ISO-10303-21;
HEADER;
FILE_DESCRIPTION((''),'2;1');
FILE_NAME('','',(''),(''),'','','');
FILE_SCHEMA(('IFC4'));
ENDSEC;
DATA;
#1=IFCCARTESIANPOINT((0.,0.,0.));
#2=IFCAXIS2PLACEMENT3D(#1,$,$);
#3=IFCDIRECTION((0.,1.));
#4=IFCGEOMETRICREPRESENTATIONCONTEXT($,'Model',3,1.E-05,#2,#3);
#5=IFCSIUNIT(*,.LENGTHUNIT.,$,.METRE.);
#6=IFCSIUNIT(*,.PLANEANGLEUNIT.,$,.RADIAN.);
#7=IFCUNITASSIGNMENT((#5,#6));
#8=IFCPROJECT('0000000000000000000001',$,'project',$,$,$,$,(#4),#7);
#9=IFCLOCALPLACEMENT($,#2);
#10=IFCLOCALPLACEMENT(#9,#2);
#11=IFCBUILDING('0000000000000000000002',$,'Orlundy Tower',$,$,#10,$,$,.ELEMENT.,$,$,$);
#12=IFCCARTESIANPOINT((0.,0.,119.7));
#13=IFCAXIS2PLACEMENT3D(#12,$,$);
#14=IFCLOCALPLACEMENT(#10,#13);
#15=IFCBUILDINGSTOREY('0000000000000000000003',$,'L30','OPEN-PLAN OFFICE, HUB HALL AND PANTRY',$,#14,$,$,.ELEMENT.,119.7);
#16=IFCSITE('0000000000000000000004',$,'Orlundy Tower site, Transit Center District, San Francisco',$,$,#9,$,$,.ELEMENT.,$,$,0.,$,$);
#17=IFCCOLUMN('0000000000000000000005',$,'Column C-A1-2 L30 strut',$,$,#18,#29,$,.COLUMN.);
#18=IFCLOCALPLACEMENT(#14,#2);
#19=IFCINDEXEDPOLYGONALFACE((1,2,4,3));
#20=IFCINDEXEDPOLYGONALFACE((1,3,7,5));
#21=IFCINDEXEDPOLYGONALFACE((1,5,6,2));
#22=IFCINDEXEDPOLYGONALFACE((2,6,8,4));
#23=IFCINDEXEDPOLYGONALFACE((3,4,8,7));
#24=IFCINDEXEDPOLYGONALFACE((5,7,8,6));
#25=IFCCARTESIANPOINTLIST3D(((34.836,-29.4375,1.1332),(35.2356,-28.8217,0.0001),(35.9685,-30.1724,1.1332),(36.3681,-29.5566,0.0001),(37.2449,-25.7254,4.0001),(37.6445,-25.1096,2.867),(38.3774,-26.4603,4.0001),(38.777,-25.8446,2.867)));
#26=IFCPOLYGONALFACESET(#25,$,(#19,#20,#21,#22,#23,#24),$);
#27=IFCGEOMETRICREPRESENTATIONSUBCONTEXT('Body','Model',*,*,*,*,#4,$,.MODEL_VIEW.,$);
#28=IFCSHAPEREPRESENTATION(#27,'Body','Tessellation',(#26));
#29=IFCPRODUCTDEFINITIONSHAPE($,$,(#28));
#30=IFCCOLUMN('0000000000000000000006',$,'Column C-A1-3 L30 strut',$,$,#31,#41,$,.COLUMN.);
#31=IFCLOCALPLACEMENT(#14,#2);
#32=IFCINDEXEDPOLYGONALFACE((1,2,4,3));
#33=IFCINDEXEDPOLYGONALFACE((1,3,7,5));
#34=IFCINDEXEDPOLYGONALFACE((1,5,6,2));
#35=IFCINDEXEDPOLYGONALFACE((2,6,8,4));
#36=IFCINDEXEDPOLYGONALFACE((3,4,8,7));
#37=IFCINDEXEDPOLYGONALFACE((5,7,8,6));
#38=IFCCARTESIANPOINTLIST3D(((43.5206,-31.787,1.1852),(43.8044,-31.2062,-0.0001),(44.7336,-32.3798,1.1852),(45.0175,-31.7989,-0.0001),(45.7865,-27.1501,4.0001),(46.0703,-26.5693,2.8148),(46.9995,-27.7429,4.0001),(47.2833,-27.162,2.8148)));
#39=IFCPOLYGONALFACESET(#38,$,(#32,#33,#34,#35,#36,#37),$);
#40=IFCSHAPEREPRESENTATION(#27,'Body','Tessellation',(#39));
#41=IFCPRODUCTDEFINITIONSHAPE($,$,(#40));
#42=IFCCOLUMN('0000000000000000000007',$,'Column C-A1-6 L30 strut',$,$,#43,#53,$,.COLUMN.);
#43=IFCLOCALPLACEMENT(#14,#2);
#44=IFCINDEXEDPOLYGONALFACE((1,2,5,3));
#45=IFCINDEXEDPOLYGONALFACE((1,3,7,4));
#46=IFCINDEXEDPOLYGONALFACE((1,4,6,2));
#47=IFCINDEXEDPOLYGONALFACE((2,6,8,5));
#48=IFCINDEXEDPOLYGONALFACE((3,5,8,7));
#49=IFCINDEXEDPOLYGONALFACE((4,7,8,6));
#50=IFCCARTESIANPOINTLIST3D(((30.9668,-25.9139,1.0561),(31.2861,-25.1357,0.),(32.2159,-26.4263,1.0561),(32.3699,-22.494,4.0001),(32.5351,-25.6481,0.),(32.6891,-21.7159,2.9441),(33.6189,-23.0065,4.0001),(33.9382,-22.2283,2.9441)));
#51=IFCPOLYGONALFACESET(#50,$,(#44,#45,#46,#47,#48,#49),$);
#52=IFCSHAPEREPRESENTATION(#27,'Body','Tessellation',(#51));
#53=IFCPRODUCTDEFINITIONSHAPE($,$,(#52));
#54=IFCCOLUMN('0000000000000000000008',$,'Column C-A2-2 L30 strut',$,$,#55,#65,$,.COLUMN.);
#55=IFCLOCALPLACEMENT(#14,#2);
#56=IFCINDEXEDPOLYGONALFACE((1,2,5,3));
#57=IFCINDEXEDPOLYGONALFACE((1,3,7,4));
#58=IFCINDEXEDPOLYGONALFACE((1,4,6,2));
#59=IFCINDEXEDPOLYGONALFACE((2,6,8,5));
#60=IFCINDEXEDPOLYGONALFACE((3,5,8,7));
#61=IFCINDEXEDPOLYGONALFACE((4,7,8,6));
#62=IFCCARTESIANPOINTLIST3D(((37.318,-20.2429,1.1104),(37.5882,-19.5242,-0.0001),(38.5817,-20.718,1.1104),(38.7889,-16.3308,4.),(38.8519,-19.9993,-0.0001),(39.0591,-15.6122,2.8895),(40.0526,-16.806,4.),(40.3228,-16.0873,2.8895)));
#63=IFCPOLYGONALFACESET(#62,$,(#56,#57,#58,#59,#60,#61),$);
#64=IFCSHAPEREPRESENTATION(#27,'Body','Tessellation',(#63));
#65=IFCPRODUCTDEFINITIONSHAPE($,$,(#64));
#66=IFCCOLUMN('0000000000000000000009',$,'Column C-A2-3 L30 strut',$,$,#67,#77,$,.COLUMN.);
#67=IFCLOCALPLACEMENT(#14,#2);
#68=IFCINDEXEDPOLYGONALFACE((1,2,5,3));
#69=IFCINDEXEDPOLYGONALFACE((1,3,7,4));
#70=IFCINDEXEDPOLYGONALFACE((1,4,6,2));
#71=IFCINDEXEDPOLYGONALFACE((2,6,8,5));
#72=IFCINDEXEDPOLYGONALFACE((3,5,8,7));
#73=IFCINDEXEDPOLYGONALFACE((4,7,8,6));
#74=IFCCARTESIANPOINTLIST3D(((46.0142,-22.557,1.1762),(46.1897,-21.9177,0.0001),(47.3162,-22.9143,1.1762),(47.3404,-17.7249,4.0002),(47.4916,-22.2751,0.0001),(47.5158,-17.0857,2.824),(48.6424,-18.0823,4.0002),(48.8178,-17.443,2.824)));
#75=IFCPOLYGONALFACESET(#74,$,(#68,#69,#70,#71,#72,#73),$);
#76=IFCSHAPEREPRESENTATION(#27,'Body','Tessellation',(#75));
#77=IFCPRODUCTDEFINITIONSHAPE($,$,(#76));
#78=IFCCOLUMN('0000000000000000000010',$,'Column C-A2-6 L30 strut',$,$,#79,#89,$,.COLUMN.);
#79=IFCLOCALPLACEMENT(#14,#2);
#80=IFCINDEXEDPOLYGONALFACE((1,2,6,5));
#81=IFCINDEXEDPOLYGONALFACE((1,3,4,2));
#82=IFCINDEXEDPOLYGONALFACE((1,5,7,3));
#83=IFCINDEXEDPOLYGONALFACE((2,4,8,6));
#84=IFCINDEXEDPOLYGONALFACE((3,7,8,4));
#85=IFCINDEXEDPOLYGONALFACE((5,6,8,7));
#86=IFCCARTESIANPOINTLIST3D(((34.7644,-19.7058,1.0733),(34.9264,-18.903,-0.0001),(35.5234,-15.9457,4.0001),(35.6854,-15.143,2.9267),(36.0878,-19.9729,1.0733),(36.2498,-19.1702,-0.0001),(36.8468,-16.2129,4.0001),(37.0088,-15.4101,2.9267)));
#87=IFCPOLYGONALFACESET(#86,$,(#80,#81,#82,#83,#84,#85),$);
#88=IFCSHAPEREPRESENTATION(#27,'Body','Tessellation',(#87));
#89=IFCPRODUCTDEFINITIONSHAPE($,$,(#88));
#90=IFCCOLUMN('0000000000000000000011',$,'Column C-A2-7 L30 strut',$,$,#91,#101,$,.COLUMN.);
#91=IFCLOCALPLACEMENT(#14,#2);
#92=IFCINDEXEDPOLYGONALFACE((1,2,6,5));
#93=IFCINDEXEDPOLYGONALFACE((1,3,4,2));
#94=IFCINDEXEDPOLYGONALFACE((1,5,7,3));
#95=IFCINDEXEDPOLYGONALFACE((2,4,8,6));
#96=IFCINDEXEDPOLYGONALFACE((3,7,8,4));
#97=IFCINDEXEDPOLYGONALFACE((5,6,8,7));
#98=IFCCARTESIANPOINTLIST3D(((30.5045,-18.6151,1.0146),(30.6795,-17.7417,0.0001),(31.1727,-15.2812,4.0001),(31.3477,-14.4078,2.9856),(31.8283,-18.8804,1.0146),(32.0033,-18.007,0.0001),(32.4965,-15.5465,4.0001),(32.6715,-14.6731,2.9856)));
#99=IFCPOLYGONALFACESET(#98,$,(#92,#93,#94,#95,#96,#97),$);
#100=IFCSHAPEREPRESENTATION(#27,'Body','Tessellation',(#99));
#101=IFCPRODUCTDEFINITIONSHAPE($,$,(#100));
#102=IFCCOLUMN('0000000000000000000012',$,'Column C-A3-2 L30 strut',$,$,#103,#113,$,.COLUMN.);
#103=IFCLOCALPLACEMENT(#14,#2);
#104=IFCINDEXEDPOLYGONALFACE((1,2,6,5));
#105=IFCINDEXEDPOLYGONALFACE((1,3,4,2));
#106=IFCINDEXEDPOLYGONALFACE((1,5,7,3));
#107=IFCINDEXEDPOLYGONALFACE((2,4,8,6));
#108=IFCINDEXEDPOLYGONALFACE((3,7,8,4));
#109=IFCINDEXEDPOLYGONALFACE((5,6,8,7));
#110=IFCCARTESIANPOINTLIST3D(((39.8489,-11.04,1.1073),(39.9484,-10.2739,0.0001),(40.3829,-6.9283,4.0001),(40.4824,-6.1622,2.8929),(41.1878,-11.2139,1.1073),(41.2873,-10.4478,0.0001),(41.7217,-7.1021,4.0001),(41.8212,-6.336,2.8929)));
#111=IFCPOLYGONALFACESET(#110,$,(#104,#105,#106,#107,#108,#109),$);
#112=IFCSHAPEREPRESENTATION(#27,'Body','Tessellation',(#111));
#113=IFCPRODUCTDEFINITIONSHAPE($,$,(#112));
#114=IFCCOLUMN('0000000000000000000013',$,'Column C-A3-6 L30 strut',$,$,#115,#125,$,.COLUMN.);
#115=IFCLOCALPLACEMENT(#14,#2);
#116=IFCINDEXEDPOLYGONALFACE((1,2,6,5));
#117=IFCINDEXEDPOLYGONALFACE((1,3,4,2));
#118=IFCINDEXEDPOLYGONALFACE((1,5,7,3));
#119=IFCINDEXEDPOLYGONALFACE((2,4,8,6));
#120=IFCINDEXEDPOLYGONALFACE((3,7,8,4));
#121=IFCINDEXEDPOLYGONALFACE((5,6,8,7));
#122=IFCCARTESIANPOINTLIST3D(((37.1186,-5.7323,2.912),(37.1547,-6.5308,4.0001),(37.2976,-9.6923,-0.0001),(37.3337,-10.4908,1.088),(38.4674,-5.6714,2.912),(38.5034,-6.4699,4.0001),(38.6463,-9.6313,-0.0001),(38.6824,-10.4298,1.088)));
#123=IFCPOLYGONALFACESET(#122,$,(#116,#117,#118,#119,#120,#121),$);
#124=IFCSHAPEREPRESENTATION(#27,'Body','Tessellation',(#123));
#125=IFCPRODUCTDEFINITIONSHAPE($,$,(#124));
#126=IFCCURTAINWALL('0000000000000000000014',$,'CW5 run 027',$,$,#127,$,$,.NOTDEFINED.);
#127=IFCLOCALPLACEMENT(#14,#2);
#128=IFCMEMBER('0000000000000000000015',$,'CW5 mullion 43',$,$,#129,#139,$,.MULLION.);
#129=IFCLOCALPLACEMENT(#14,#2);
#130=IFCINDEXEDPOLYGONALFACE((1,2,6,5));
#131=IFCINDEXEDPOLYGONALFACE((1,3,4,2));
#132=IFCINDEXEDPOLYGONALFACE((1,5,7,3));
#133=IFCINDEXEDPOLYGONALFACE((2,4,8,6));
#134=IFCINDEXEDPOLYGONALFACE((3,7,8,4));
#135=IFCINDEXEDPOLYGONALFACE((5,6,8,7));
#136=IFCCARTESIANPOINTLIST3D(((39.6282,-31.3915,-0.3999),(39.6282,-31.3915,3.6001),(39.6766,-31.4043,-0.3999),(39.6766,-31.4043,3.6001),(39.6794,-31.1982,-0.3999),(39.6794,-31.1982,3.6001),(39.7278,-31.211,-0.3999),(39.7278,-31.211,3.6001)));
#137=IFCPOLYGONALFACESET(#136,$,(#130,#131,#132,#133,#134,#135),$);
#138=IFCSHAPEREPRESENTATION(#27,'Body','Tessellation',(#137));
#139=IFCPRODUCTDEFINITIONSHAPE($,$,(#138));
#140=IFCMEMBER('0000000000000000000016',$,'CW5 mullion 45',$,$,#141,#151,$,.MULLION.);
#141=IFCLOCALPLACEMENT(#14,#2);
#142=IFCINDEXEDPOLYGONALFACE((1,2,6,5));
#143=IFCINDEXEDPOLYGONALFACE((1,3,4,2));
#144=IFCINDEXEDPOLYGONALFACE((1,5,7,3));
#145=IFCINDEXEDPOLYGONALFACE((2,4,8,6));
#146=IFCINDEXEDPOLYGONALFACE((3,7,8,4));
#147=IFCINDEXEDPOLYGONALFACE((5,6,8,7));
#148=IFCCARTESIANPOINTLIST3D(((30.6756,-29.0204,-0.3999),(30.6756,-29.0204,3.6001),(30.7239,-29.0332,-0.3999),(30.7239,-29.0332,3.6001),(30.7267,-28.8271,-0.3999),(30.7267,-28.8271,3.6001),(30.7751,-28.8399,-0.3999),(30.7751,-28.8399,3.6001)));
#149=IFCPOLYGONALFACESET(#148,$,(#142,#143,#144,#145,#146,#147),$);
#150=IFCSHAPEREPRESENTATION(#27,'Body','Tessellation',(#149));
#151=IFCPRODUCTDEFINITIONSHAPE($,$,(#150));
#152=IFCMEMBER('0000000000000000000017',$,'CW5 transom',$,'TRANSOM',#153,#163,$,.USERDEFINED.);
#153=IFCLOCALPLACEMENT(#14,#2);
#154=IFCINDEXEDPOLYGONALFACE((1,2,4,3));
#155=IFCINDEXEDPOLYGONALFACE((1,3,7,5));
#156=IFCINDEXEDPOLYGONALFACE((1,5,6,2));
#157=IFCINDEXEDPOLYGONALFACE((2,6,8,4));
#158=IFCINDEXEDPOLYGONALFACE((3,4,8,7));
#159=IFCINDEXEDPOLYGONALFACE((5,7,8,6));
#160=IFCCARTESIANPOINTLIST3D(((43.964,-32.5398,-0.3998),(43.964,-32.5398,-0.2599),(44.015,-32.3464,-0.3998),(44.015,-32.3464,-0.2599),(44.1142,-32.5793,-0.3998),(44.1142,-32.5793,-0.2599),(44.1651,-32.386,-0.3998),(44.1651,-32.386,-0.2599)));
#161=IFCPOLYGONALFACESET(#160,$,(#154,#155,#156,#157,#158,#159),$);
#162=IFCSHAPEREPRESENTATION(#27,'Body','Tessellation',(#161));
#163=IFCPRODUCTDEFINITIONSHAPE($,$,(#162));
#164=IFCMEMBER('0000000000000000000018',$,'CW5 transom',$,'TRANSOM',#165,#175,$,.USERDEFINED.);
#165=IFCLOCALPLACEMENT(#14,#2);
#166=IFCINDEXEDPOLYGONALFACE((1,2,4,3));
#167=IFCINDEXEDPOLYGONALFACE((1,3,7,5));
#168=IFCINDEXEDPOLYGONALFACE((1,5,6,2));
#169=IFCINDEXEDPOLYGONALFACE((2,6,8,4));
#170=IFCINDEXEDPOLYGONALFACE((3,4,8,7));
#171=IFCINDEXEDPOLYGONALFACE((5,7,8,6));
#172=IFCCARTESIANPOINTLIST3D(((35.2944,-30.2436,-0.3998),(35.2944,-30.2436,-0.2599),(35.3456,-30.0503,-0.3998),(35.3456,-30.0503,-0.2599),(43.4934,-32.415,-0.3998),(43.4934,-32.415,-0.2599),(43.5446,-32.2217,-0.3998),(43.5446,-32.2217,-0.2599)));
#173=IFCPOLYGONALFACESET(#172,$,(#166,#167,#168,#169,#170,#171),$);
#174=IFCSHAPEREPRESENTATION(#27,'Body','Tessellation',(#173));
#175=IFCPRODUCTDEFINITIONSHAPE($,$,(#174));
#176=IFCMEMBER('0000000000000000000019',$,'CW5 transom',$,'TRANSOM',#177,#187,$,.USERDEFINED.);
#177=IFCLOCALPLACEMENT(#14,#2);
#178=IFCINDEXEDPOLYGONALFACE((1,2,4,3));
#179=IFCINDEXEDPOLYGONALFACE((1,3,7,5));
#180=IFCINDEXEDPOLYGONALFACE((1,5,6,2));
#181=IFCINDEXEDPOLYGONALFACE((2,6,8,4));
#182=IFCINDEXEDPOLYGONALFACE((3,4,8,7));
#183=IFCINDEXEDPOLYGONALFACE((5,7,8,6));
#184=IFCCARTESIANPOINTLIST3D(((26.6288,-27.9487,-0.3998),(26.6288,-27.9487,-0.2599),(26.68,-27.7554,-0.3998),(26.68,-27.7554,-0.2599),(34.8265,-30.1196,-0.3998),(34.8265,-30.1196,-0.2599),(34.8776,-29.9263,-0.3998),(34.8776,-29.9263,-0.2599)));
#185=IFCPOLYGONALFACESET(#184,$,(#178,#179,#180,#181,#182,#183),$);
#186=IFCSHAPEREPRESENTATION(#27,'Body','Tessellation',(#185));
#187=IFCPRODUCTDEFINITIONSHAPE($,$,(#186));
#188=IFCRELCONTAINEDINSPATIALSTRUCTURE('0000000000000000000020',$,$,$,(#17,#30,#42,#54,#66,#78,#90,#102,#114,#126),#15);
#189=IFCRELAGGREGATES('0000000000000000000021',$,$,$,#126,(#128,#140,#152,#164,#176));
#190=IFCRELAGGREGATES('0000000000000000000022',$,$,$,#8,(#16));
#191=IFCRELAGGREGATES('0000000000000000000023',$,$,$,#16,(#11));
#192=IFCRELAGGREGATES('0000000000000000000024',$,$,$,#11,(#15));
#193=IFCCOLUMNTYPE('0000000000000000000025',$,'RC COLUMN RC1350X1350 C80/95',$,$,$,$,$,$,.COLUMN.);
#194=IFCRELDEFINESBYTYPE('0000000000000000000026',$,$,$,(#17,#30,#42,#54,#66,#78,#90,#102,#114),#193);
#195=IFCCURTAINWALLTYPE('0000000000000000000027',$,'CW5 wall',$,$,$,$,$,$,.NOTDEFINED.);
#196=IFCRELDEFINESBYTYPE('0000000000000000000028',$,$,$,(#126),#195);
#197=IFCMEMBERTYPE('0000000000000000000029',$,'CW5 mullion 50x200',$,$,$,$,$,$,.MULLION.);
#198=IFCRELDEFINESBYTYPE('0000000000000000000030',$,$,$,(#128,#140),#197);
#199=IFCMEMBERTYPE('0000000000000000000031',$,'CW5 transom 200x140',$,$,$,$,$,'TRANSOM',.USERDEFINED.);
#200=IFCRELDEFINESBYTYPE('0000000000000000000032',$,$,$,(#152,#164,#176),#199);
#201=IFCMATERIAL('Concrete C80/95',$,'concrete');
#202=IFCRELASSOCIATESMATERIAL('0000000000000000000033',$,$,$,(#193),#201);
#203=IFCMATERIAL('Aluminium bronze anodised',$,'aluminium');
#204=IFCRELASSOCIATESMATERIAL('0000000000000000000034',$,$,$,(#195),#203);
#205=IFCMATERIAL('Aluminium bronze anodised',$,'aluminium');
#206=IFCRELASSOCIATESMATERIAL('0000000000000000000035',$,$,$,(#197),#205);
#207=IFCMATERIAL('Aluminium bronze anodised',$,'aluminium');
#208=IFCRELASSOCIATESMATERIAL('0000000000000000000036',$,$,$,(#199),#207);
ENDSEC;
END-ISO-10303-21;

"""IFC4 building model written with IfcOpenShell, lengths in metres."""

from ifc_helpers import new_model, si_unit, direction, frame, origin, origin_2d, place, context, subcontext, project, spatial, rectangle, extrude, material, material_profile, profile_set, type_object, element, aggregate, save


model = new_model("IFC4")

# Units and contexts
model_context = context("Model", 3, precision=1e-05, world=origin(), true_north=direction((0.0, 1.0)))
body_context = subcontext(model_context, "Body", "Model", "MODEL_VIEW")
ifc_project = project(units=[si_unit("LENGTHUNIT", "METRE"), si_unit("PLANEANGLEUNIT", "RADIAN")], contexts=[model_context])

# Site, building, storey
site_placement = place(None, origin())
site = spatial("IfcSite", under=ifc_project, at=site_placement, Name="Orlundy Tower site, Transit Center District, San Francisco", CompositionType="ELEMENT", RefElevation=0.0)
building_placement = place(site_placement, origin())
building = spatial("IfcBuilding", under=site, at=building_placement, Name="Orlundy Tower", CompositionType="ELEMENT")
storey_placement = place(building_placement, frame((0.0, 0.0, 119.7)))
storey = spatial("IfcBuildingStorey", under=building, at=storey_placement, Name="L30", Description="OPEN-PLAN OFFICE, HUB HALL AND PANTRY", CompositionType="ELEMENT", Elevation=119.7)

# Columns
ifc_material_1 = material(Name="Concrete C80/95", Category="concrete")
ifc_material_profile_1 = material_profile(ifc_material_1, rectangle(XDim=1.3501, YDim=1.3501, at=origin_2d()), Name="RC1350X1350")
ifc_profile_set_1 = profile_set([ifc_material_profile_1], Name="Concrete C80/95")
column_type = type_object("IfcColumnType", Name="RC COLUMN RC1350X1350 C80/95", PredefinedType="COLUMN", material=ifc_profile_set_1)
column_1_placement = place(storey_placement, frame((35.6021, -29.4971, 0.5667), z_axis=(0.456861, 0.70402, 0.543723), x_axis=(-0.838853, 0.544358, 0.0)))
element("IfcColumn", 1, at=column_1_placement, inside=storey, type_object=column_type, Name="Column C-A1-2 L30 strut", PredefinedType="COLUMN", context=body_context, shape_type="SweptSolid", body=[
    extrude(rectangle(XDim=1.3501, YDim=1.3501, at=origin_2d()), origin(), (0.0, 0.0, 1.0), 5.2727),
])
column_2_placement = place(storey_placement, frame((44.269, -31.793, 0.5925), z_axis=(0.385435, 0.788769, 0.478835), x_axis=(-0.898468, 0.43904, 0.0)))
element("IfcColumn", 2, at=column_2_placement, inside=storey, type_object=column_type, Name="Column C-A1-3 L30 strut", PredefinedType="COLUMN", context=body_context, shape_type="SweptSolid", body=[
    extrude(rectangle(XDim=1.3501, YDim=1.3501, at=origin_2d()), origin(), (0.0, 0.0, 1.0), 5.8787),
])
column_3_placement = place(storey_placement, frame((31.751, -25.781, 0.5281), z_axis=(0.296904, 0.723687, 0.622997), x_axis=(-0.925166, 0.379564, 0.0)))
element("IfcColumn", 3, at=column_3_placement, inside=storey, type_object=column_type, Name="Column C-A1-6 L30 strut", PredefinedType="COLUMN", context=body_context, shape_type="SweptSolid", body=[
    extrude(rectangle(XDim=1.3501, YDim=1.3501, at=origin_2d()), origin(), (0.0, 0.0, 1.0), 4.7256),
])
column_4_placement = place(storey_placement, frame((38.085, -20.1211, 0.5552), z_axis=(0.28949, 0.769922, 0.568697), x_axis=(-0.936022, 0.351943, 0.0)))
element("IfcColumn", 4, at=column_4_placement, inside=storey, type_object=column_type, Name="Column C-A2-2 L30 strut", PredefinedType="COLUMN", context=body_context, shape_type="SweptSolid", body=[
    extrude(rectangle(XDim=1.3501, YDim=1.3501, at=origin_2d()), origin(), (0.0, 0.0, 1.0), 5.0811),
])
column_5_placement = place(storey_placement, frame((46.7529, -22.416, 0.5881), z_axis=(0.23057, 0.840104, 0.490981), x_axis=(-0.96434, 0.264667, 0.0)))
element("IfcColumn", 5, at=column_5_placement, inside=storey, type_object=column_type, Name="Column C-A2-3 L30 strut", PredefinedType="COLUMN", context=body_context, shape_type="SweptSolid", body=[
    extrude(rectangle(XDim=1.3501, YDim=1.3501, at=origin_2d()), origin(), (0.0, 0.0, 1.0), 5.7517),
])
column_6_placement = place(storey_placement, frame((35.5071, -19.438, 0.5366), z_axis=(0.157316, 0.779292, 0.606594), x_axis=(-0.980227, 0.197878, 0.0)))
element("IfcColumn", 6, at=column_6_placement, inside=storey, type_object=column_type, Name="Column C-A2-6 L30 strut", PredefinedType="COLUMN", context=body_context, shape_type="SweptSolid", body=[
    extrude(rectangle(XDim=1.3501, YDim=1.3501, at=origin_2d()), origin(), (0.0, 0.0, 1.0), 4.825),
])
column_7_placement = place(storey_placement, frame((31.2539, -18.311, 0.5073), z_axis=(0.147671, 0.73679, 0.659798), x_axis=(-0.980501, 0.196517, 0.0)))
element("IfcColumn", 7, at=column_7_placement, inside=storey, type_object=column_type, Name="Column C-A2-7 L30 strut", PredefinedType="COLUMN", context=body_context, shape_type="SweptSolid", body=[
    extrude(rectangle(XDim=1.3501, YDim=1.3501, at=origin_2d()), origin(), (0.0, 0.0, 1.0), 4.5249),
])
column_8_placement = place(storey_placement, frame((40.5681, -10.7439, 0.5537), z_axis=(0.10561, 0.813296, 0.572185), x_axis=(-0.991674, 0.128773, 0.0)))
element("IfcColumn", 8, at=column_8_placement, inside=storey, type_object=column_type, Name="Column C-A3-2 L30 strut", PredefinedType="COLUMN", context=body_context, shape_type="SweptSolid", body=[
    extrude(rectangle(XDim=1.3501, YDim=1.3501, at=origin_2d()), origin(), (0.0, 0.0, 1.0), 5.0557),
])
column_9_placement = place(storey_placement, frame((37.99, -10.061, 0.5439), z_axis=(-0.036383, 0.805081, 0.592048), x_axis=(-0.99898, -0.045145, 0.0)))
element("IfcColumn", 9, at=column_9_placement, inside=storey, type_object=column_type, Name="Column C-A3-6 L30 strut", PredefinedType="COLUMN", context=body_context, shape_type="SweptSolid", body=[
    extrude(rectangle(XDim=1.3501, YDim=1.3501, at=origin_2d()), origin(), (0.0, 0.0, 1.0), 4.9187),
])

# Curtain wall, members
ifc_material_2 = material(Name="Aluminium bronze anodised", Category="aluminium")
curtain_wall_type = type_object("IfcCurtainWallType", Name="CW5 wall", PredefinedType="NOTDEFINED", material=ifc_material_2)
curtain_wall_placement = place(storey_placement, origin())
curtain_wall = element("IfcCurtainWall", 10, at=curtain_wall_placement, inside=storey, type_object=curtain_wall_type, Name="CW5 run 027", PredefinedType="NOTDEFINED")
ifc_material_3 = material(Name="Aluminium bronze anodised", Category="aluminium")
ifc_material_profile_2 = material_profile(ifc_material_3, rectangle(XDim=0.2, YDim=0.05, at=origin_2d()), Name="CW5 mullion 50x200")
ifc_profile_set_2 = profile_set([ifc_material_profile_2], Name="Aluminium bronze anodised")
member_type_1 = type_object("IfcMemberType", Name="CW5 mullion 50x200", PredefinedType="MULLION", material=ifc_profile_set_2)
member_1_placement = place(storey_placement, frame((39.678, -31.3013, -0.3999), z_axis=(0.0, 0.0, 1.0), x_axis=(-0.256011, -0.966674, 0.0)))
member_1 = element("IfcMember", 11, at=member_1_placement, type_object=member_type_1, Name="CW5 mullion 43", PredefinedType="MULLION", context=body_context, shape_type="SweptSolid", body=[
    extrude(rectangle(XDim=0.2, YDim=0.05, at=origin_2d()), origin(), (0.0, 0.0, 1.0), 4.0),
])
member_2_placement = place(storey_placement, frame((30.7253, -28.9302, -0.3999), z_axis=(0.0, 0.0, 1.0), x_axis=(-0.256011, -0.966674, 0.0)))
member_2 = element("IfcMember", 12, at=member_2_placement, type_object=member_type_1, Name="CW5 mullion 45", PredefinedType="MULLION", context=body_context, shape_type="SweptSolid", body=[
    extrude(rectangle(XDim=0.2, YDim=0.05, at=origin_2d()), origin(), (0.0, 0.0, 1.0), 4.0),
])
ifc_material_4 = material(Name="Aluminium bronze anodised", Category="aluminium")
ifc_material_profile_3 = material_profile(ifc_material_4, rectangle(XDim=0.2, YDim=0.1399, at=origin_2d()), Name="CW5 transom 200x140")
ifc_profile_set_3 = profile_set([ifc_material_profile_3], Name="Aluminium bronze anodised")
member_type_2 = type_object("IfcMemberType", Name="CW5 transom 200x140", ElementType="TRANSOM", PredefinedType="USERDEFINED", material=ifc_profile_set_3)
member_3_placement = place(storey_placement, frame((44.1396, -32.4827, -0.3298), z_axis=(-0.967013, 0.254725, 0.0), x_axis=(-0.254725, -0.967013, 0.0)))
member_3 = element("IfcMember", 13, at=member_3_placement, type_object=member_type_2, Name="CW5 transom", ObjectType="TRANSOM", PredefinedType="USERDEFINED", context=body_context, shape_type="SweptSolid", body=[
    extrude(rectangle(XDim=0.2, YDim=0.1399, at=origin_2d()), origin(), (0.0, 0.0, 1.0), 0.1553),
])
member_4_placement = place(storey_placement, frame((43.519, -32.3184, -0.3298), z_axis=(-0.966674, 0.25601, 0.0), x_axis=(-0.25601, -0.966674, 0.0)))
member_4 = element("IfcMember", 14, at=member_4_placement, type_object=member_type_2, Name="CW5 transom", ObjectType="TRANSOM", PredefinedType="USERDEFINED", context=body_context, shape_type="SweptSolid", body=[
    extrude(rectangle(XDim=0.2, YDim=0.1399, at=origin_2d()), origin(), (0.0, 0.0, 1.0), 8.4817),
])
member_5_placement = place(storey_placement, frame((34.8521, -30.0229, -0.3298), z_axis=(-0.966679, 0.255992, 0.0), x_axis=(-0.255992, -0.966679, 0.0)))
member_5 = element("IfcMember", 15, at=member_5_placement, type_object=member_type_2, Name="CW5 transom", ObjectType="TRANSOM", PredefinedType="USERDEFINED", context=body_context, shape_type="SweptSolid", body=[
    extrude(rectangle(XDim=0.2, YDim=0.1399, at=origin_2d()), origin(), (0.0, 0.0, 1.0), 8.4802),
])
aggregate(curtain_wall, [member_1, member_2, member_3, member_4, member_5])

save(model, "model.ifc")
